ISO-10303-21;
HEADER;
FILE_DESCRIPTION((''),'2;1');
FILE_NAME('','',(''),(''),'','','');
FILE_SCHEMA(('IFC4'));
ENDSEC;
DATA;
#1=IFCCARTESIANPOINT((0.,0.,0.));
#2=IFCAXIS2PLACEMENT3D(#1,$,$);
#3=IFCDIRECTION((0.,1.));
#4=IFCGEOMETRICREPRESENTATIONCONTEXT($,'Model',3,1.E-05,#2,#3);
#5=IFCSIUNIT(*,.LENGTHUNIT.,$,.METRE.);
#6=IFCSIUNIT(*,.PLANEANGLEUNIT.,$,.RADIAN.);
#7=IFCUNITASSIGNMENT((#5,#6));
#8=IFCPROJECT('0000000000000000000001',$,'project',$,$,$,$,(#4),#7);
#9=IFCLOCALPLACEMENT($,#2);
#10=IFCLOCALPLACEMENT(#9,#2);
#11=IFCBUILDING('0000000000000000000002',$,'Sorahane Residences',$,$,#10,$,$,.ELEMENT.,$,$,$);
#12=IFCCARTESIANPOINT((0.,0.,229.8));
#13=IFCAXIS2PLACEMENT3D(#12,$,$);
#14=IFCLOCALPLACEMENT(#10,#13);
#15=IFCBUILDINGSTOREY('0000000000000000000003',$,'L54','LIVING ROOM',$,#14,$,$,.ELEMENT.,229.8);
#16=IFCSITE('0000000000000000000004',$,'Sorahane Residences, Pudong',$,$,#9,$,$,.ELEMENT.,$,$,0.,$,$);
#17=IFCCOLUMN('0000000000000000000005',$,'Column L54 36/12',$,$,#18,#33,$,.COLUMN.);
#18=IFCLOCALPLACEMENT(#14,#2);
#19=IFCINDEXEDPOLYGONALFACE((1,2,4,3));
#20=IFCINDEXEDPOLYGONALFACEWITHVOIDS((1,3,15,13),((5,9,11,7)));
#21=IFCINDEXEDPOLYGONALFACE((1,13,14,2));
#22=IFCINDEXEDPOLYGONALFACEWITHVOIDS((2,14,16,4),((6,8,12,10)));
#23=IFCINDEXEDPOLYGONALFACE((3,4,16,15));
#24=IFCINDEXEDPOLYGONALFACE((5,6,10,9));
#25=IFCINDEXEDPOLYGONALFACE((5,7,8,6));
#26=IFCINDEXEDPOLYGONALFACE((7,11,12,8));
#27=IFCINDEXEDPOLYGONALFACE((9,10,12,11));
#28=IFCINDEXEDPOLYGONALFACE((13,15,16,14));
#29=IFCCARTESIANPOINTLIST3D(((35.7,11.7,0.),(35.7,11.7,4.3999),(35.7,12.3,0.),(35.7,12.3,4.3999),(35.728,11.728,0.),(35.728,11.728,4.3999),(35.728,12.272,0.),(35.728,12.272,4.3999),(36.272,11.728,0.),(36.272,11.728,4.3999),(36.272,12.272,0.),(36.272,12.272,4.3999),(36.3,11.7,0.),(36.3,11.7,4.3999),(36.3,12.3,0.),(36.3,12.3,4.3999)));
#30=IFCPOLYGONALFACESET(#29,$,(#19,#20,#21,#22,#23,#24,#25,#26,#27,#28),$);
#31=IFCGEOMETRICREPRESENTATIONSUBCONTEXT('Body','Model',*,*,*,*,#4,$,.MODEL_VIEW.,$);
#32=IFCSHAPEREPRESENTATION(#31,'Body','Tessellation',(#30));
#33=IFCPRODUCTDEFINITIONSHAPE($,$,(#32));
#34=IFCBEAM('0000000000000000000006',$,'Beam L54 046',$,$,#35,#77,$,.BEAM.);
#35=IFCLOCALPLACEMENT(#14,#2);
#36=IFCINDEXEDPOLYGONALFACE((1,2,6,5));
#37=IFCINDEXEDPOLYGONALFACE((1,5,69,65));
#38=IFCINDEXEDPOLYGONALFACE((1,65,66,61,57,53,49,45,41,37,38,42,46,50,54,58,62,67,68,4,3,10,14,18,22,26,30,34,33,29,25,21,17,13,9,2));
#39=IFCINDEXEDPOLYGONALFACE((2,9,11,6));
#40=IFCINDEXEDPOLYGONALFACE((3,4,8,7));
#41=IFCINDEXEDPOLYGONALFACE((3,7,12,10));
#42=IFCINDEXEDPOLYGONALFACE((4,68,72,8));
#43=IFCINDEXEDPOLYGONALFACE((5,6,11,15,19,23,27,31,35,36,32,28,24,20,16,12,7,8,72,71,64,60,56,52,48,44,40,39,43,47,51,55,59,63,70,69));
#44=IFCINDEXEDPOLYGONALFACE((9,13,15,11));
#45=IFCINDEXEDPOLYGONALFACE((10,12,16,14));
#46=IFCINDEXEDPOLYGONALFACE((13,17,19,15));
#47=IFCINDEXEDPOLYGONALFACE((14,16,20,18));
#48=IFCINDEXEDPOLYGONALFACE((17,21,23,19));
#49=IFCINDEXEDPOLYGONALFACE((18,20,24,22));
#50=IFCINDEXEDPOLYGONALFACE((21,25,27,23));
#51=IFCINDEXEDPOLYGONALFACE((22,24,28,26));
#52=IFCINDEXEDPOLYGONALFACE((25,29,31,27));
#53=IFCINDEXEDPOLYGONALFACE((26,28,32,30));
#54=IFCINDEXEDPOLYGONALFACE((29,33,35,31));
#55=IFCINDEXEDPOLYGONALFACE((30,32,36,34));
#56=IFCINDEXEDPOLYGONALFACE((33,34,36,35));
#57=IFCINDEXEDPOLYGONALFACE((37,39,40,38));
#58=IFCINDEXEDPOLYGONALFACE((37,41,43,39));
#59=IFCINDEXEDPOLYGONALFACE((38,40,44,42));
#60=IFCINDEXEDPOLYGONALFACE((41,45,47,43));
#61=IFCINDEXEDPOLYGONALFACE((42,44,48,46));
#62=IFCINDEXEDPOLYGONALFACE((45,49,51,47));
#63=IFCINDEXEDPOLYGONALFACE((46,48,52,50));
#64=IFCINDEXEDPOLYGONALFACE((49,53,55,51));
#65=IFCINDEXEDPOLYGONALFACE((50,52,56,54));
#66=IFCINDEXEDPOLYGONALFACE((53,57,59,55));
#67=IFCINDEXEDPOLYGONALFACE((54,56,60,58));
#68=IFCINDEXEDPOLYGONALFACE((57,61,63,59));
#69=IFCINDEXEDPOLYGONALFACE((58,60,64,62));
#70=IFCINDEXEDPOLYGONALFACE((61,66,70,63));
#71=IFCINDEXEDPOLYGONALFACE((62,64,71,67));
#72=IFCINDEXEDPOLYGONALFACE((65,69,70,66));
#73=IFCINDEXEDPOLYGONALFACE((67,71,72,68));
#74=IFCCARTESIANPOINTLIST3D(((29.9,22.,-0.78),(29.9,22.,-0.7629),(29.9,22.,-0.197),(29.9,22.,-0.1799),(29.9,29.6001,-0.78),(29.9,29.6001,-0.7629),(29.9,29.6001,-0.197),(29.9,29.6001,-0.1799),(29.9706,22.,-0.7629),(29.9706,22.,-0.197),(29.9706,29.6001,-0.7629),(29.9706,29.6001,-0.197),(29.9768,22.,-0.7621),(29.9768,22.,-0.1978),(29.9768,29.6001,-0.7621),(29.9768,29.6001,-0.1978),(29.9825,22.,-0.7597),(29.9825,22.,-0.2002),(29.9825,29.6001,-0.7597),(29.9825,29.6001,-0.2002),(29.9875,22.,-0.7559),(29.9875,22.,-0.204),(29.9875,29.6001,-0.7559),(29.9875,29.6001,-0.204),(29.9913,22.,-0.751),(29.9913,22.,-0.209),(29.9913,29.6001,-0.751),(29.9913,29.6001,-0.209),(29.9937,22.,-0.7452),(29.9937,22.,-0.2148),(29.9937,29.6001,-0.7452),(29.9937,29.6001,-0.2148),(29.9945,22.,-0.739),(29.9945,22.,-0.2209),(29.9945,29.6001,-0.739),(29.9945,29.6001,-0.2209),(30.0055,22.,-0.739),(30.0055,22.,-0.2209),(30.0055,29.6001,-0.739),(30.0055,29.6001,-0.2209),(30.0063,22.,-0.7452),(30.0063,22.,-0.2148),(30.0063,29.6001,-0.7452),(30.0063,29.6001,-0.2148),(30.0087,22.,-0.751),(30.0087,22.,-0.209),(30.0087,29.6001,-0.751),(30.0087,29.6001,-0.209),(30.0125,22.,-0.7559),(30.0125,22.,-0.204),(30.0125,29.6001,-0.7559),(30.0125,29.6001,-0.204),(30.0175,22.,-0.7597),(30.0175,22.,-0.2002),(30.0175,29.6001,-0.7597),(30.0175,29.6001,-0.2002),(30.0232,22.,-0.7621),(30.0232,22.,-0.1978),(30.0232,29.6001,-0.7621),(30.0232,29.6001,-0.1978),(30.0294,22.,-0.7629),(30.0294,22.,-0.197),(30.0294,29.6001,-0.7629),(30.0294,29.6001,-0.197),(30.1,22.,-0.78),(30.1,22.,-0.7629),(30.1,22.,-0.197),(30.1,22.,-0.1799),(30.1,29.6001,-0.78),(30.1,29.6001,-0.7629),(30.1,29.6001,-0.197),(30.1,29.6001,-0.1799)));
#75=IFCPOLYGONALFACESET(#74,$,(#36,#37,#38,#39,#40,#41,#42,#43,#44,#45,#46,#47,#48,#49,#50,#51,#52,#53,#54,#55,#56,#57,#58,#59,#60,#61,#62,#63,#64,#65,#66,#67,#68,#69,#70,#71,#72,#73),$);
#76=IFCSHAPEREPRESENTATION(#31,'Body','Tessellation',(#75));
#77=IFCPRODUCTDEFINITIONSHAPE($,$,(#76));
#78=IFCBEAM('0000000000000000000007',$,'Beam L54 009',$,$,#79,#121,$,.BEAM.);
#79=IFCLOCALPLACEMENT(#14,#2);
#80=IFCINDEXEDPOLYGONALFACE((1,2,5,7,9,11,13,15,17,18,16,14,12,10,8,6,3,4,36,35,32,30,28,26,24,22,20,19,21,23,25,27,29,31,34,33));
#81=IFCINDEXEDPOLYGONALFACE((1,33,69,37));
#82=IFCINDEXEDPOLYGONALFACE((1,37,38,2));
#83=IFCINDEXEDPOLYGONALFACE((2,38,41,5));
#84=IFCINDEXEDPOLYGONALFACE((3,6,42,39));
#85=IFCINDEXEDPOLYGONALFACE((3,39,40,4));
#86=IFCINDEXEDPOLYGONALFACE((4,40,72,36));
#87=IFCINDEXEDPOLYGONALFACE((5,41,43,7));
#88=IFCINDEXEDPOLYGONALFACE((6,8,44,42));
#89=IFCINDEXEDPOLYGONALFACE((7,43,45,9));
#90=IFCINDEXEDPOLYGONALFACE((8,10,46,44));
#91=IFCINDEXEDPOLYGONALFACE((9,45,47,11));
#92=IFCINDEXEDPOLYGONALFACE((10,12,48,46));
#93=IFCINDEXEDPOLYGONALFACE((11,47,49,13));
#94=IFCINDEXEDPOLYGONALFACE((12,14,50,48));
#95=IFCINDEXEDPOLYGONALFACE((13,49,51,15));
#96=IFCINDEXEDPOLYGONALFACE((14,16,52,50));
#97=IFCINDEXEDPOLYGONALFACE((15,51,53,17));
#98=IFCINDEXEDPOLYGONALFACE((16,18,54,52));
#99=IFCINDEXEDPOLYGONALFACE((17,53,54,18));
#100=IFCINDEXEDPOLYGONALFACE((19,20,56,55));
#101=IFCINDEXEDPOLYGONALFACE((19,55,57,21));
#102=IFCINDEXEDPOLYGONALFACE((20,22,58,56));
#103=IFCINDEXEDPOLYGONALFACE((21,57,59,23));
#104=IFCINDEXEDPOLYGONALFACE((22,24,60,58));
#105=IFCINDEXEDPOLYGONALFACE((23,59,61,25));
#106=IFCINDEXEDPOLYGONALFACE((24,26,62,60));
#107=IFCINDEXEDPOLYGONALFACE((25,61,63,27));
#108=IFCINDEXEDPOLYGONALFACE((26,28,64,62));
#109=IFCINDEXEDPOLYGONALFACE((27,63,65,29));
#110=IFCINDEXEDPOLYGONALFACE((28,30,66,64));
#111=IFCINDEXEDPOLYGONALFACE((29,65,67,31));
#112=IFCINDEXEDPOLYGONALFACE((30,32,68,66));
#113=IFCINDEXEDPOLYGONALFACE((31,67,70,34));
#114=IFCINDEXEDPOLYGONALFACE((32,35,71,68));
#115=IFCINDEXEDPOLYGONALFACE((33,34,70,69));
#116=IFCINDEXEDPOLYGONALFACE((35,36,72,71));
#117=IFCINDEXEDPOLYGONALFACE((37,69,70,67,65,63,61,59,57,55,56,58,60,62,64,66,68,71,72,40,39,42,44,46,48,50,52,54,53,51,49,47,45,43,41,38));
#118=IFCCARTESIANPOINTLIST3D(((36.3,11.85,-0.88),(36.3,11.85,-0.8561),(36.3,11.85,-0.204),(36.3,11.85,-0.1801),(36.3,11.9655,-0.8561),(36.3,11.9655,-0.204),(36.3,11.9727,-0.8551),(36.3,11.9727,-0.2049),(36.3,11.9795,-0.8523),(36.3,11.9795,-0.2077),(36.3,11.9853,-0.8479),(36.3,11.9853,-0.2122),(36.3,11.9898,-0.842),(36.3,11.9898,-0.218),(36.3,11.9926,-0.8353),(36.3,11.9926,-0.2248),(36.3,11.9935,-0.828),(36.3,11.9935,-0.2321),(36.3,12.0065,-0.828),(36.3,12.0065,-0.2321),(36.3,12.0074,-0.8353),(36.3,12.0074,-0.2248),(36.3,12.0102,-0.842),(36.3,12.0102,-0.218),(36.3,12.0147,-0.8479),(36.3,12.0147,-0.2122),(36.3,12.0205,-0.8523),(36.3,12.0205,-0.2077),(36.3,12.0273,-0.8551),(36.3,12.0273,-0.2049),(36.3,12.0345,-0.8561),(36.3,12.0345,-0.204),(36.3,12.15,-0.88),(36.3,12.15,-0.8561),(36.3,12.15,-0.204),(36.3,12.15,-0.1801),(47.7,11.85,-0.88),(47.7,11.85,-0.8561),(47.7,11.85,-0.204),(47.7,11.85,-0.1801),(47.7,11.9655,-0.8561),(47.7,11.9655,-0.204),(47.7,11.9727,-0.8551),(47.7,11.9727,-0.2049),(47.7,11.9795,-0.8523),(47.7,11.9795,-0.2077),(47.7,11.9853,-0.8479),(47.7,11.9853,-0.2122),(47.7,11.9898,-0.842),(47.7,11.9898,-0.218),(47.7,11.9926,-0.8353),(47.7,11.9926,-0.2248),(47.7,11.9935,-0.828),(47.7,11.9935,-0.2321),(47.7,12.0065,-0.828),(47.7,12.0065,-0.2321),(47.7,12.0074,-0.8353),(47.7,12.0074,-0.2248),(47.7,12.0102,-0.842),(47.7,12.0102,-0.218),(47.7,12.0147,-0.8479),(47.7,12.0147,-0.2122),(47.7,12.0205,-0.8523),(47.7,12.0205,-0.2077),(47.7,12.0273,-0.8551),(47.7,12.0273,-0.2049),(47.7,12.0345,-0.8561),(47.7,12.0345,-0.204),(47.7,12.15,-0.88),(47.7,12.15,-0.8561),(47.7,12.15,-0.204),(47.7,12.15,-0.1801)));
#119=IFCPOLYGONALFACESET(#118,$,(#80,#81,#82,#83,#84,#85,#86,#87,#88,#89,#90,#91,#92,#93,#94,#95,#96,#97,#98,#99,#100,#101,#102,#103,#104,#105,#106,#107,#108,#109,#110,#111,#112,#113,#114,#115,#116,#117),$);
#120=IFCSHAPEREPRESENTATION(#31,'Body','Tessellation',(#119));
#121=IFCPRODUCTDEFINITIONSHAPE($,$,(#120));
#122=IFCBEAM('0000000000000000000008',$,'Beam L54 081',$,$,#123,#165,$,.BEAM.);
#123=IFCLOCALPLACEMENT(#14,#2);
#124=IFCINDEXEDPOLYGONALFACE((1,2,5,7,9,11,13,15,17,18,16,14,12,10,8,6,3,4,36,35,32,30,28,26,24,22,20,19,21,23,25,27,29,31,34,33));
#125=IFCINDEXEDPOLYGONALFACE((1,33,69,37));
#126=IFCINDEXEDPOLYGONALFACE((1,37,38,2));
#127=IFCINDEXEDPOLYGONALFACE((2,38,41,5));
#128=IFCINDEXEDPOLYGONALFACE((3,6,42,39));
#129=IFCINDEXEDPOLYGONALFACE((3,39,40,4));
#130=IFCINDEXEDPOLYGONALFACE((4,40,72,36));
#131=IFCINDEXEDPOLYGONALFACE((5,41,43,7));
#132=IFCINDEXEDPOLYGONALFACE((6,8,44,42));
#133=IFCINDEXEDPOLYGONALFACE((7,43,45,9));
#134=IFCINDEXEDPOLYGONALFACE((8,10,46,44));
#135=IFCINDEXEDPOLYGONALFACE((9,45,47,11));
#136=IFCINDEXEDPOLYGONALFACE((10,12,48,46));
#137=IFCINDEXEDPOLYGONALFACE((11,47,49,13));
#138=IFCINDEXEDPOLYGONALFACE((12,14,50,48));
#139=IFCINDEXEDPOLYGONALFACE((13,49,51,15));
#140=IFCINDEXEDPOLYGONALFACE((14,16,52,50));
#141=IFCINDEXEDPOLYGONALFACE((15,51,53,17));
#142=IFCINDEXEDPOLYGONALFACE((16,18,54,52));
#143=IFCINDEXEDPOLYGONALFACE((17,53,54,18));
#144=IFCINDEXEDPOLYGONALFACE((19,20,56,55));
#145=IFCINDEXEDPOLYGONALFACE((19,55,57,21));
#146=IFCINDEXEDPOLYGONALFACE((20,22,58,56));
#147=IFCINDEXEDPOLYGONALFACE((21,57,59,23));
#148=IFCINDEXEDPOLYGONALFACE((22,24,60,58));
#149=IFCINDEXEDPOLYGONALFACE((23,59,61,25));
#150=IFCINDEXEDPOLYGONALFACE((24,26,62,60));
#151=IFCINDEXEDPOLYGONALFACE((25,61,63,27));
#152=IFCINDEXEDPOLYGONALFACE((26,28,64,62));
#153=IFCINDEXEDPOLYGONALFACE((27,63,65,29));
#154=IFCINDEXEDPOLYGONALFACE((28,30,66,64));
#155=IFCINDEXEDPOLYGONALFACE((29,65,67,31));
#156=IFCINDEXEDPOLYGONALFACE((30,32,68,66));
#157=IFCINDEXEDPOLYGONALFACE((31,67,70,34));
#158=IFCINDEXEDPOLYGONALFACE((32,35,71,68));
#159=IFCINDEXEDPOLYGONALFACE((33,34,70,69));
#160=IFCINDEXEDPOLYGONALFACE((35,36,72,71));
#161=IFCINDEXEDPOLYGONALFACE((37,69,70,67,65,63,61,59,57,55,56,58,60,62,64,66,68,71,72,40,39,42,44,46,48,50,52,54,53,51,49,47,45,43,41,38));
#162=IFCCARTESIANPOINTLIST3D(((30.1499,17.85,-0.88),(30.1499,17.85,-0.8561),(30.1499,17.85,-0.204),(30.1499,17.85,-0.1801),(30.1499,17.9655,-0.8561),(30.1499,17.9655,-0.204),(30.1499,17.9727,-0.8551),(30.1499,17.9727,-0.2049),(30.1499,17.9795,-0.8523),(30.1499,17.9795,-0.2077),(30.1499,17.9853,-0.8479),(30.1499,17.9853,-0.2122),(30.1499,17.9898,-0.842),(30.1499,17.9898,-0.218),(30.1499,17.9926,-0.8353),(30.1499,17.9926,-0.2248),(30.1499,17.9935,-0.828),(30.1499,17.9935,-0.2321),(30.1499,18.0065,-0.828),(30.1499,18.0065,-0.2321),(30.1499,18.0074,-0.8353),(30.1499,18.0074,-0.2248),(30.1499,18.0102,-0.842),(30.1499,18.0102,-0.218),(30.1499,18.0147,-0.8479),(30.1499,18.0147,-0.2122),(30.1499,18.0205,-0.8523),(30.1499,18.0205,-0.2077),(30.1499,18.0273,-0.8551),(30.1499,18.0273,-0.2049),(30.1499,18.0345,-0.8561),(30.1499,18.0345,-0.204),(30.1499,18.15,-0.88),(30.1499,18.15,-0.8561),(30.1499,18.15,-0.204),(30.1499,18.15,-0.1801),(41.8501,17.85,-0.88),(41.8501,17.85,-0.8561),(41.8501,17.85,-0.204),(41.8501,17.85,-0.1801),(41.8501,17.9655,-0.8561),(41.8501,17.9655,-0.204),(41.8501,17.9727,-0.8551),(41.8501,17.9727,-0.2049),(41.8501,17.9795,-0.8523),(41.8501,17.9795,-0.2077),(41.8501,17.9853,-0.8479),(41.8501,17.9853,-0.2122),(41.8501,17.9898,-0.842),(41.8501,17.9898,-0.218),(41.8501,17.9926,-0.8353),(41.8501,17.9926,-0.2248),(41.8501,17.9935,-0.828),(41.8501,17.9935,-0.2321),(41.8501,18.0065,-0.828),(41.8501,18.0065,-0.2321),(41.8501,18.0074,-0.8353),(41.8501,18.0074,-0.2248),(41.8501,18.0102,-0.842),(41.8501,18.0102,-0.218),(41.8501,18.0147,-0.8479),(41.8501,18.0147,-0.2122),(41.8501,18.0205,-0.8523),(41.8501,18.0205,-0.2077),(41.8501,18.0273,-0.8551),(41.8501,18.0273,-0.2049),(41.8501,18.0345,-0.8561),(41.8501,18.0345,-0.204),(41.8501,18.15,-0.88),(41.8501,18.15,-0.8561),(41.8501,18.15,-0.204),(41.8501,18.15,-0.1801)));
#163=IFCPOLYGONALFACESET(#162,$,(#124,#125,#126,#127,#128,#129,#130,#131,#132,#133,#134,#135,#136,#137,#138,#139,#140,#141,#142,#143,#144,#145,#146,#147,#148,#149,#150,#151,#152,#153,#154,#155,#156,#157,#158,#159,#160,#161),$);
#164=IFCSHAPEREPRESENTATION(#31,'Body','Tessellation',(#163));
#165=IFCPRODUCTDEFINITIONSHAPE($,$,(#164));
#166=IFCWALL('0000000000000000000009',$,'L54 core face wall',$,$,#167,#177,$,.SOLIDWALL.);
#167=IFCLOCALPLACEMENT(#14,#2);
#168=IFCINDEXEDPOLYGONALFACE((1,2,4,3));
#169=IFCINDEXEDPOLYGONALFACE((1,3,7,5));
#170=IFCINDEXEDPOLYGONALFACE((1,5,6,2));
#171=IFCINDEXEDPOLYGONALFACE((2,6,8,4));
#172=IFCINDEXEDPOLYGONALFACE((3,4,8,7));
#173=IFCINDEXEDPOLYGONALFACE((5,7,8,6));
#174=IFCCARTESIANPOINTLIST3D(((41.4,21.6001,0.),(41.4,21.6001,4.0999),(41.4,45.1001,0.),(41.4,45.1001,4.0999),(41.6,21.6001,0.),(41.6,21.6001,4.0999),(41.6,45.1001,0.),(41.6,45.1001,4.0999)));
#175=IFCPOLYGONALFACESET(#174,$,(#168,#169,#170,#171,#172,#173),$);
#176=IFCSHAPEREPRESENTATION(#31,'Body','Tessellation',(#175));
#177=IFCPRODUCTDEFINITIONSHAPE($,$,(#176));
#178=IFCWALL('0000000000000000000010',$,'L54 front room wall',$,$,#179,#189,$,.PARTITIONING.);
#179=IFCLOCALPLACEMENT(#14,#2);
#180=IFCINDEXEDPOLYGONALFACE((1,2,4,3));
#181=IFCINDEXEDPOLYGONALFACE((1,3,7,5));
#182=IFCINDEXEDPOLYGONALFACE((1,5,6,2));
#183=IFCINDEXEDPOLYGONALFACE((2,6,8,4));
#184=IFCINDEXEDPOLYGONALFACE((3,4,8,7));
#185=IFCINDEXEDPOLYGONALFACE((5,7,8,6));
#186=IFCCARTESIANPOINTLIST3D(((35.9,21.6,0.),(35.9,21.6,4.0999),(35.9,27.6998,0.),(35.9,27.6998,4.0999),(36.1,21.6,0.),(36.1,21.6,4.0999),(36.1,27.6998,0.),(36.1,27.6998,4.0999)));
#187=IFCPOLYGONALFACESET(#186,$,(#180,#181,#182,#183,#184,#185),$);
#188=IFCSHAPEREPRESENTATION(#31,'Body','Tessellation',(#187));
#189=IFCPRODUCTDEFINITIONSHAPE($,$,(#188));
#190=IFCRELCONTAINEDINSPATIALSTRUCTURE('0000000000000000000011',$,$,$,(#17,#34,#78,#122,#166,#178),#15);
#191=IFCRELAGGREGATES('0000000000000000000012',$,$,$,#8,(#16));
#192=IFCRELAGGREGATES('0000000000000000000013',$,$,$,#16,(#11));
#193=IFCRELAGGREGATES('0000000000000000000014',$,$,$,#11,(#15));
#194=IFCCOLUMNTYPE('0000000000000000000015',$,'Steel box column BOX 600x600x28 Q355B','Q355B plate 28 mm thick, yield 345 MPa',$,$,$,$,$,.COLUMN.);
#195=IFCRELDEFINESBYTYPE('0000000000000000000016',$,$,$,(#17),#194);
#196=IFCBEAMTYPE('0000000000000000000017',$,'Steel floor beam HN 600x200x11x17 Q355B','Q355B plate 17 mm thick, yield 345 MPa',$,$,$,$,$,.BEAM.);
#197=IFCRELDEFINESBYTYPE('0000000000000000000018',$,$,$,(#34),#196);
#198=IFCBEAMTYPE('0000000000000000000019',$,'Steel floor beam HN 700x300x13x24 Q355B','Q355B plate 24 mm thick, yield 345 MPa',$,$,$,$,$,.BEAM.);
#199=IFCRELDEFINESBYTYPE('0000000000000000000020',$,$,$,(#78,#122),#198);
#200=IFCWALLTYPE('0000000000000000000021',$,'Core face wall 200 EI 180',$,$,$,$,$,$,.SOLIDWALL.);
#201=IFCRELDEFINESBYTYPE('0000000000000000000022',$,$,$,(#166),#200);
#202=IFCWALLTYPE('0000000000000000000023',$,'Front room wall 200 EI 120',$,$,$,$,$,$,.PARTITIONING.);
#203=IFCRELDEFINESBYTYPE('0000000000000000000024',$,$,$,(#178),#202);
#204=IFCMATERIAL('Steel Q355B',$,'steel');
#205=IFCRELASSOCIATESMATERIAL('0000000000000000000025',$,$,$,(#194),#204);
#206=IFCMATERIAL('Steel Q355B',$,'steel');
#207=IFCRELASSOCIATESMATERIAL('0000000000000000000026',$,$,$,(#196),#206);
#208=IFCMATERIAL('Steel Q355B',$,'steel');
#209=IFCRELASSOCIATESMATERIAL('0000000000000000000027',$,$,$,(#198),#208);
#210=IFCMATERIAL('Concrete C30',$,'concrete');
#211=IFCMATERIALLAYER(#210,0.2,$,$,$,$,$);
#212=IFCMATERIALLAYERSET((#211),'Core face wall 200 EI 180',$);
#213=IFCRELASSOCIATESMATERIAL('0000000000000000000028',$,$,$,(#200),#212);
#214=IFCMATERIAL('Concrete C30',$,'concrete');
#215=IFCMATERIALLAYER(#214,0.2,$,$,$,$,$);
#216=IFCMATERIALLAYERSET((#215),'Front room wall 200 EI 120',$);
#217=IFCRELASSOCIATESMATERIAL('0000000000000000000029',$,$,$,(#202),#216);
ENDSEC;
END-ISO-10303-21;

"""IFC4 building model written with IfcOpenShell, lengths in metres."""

from ifc_helpers import new_model, si_unit, direction, frame, frame_2d, origin, origin_2d, place, context, subcontext, project, spatial, rectangle, hollow_rectangle, i_section, extrude, material, layer, layer_set, material_profile, profile_set, type_object, element, save


model = new_model("IFC4")

# Units and contexts
model_context = context("Model", 3, precision=1e-05, world=origin(), true_north=direction((0.0, 1.0)))
body_context = subcontext(model_context, "Body", "Model", "MODEL_VIEW")
ifc_project = project(units=[si_unit("LENGTHUNIT", "METRE"), si_unit("PLANEANGLEUNIT", "RADIAN")], contexts=[model_context])

# Site, building, storey
site_placement = place(None, origin())
site = spatial("IfcSite", under=ifc_project, at=site_placement, Name="Sorahane Residences, Pudong", CompositionType="ELEMENT", RefElevation=0.0)
building_placement = place(site_placement, origin())
building = spatial("IfcBuilding", under=site, at=building_placement, Name="Sorahane Residences", CompositionType="ELEMENT")
storey_placement = place(building_placement, frame((0.0, 0.0, 229.8)))
storey = spatial("IfcBuildingStorey", under=building, at=storey_placement, Name="L54", Description="LIVING ROOM", CompositionType="ELEMENT", Elevation=229.8)

# Column
ifc_material_1 = material(Name="Steel Q355B", Category="steel")
ifc_material_profile_1 = material_profile(ifc_material_1, hollow_rectangle(XDim=0.6001, YDim=0.6001, WallThickness=0.0281, at=origin_2d()), Name="BOX 600x600x28")
ifc_profile_set_1 = profile_set([ifc_material_profile_1], Name="Steel Q355B")
column_type = type_object("IfcColumnType", Name="Steel box column BOX 600x600x28 Q355B", Description="Q355B plate 28 mm thick, yield 345 MPa", PredefinedType="COLUMN", material=ifc_profile_set_1)
column_placement = place(storey_placement, frame((36.0, 12.0, 0.0), z_axis=(0.0, 0.0, 1.0), x_axis=(1.0, 0.0, 0.0)))
element("IfcColumn", 1, at=column_placement, inside=storey, type_object=column_type, Name="Column L54 36/12", PredefinedType="COLUMN", context=body_context, shape_type="SweptSolid", body=[
    extrude(hollow_rectangle(XDim=0.6001, YDim=0.6001, WallThickness=0.0281, at=origin_2d()), origin(), (0.0, 0.0, 1.0), 4.3999),
])

# Beams
ifc_material_2 = material(Name="Steel Q355B", Category="steel")
ifc_material_profile_2 = material_profile(ifc_material_2, i_section(OverallWidth=0.2, OverallDepth=0.6001, WebThickness=0.011, FlangeThickness=0.0171, FilletRadius=0.0239, at=origin_2d()), Name="HN 600x200x11x17")
ifc_profile_set_2 = profile_set([ifc_material_profile_2], Name="Steel Q355B")
beam_type_1 = type_object("IfcBeamType", Name="Steel floor beam HN 600x200x11x17 Q355B", Description="Q355B plate 17 mm thick, yield 345 MPa", PredefinedType="BEAM", material=ifc_profile_set_2)
beam_1_placement = place(storey_placement, frame((30.0, 22.0, -0.48), z_axis=(0.0, 1.0, 0.0), x_axis=(-1.0, 0.0, 0.0)))
element("IfcBeam", 2, at=beam_1_placement, inside=storey, type_object=beam_type_1, Name="Beam L54 046", PredefinedType="BEAM", context=body_context, shape_type="SweptSolid", body=[
    extrude(i_section(OverallWidth=0.2, OverallDepth=0.6001, WebThickness=0.011, FlangeThickness=0.0171, FilletRadius=0.0239, at=origin_2d()), origin(), (0.0, 0.0, 1.0), 7.6001),
])
ifc_material_3 = material(Name="Steel Q355B", Category="steel")
ifc_material_profile_3 = material_profile(ifc_material_3, i_section(OverallWidth=0.3, OverallDepth=0.7, WebThickness=0.0129, FlangeThickness=0.0239, FilletRadius=0.0281, at=origin_2d()), Name="HN 700x300x13x24")
ifc_profile_set_3 = profile_set([ifc_material_profile_3], Name="Steel Q355B")
beam_type_2 = type_object("IfcBeamType", Name="Steel floor beam HN 700x300x13x24 Q355B", Description="Q355B plate 24 mm thick, yield 345 MPa", PredefinedType="BEAM", material=ifc_profile_set_3)
beam_2_placement = place(storey_placement, frame((36.3, 12.0, -0.53), z_axis=(1.0, 0.0, 0.0), x_axis=(0.0, 1.0, 0.0)))
element("IfcBeam", 3, at=beam_2_placement, inside=storey, type_object=beam_type_2, Name="Beam L54 009", PredefinedType="BEAM", context=body_context, shape_type="SweptSolid", body=[
    extrude(i_section(OverallWidth=0.3, OverallDepth=0.7, WebThickness=0.0129, FlangeThickness=0.0239, FilletRadius=0.0281, at=origin_2d()), origin(), (0.0, 0.0, 1.0), 11.3999),
])
beam_3_placement = place(storey_placement, frame((30.1499, 18.0, -0.53), z_axis=(1.0, 0.0, 0.0), x_axis=(0.0, 1.0, 0.0)))
element("IfcBeam", 4, at=beam_3_placement, inside=storey, type_object=beam_type_2, Name="Beam L54 081", PredefinedType="BEAM", context=body_context, shape_type="SweptSolid", body=[
    extrude(i_section(OverallWidth=0.3, OverallDepth=0.7, WebThickness=0.0129, FlangeThickness=0.0239, FilletRadius=0.0281, at=origin_2d()), origin(), (0.0, 0.0, 1.0), 11.7002),
])

# Walls
ifc_material_4 = material(Name="Concrete C30", Category="concrete")
ifc_layer_1 = layer(ifc_material_4, 0.2)
ifc_layer_set_1 = layer_set([ifc_layer_1], Name="Core face wall 200 EI 180")
wall_type_1 = type_object("IfcWallType", Name="Core face wall 200 EI 180", PredefinedType="SOLIDWALL", material=ifc_layer_set_1)
wall_1_placement = place(storey_placement, frame((41.5, 21.6001, 0.0), z_axis=(0.0, 0.0, 1.0), x_axis=(0.0, 1.0, 0.0)))
element("IfcWall", 5, at=wall_1_placement, inside=storey, type_object=wall_type_1, Name="L54 core face wall", PredefinedType="SOLIDWALL", context=body_context, shape_type="SweptSolid", body=[
    extrude(rectangle(XDim=23.5, YDim=0.2, at=frame_2d((11.75, 0.0))), origin(), (0.0, 0.0, 1.0), 4.0999),
])
ifc_material_5 = material(Name="Concrete C30", Category="concrete")
ifc_layer_2 = layer(ifc_material_5, 0.2)
ifc_layer_set_2 = layer_set([ifc_layer_2], Name="Front room wall 200 EI 120")
wall_type_2 = type_object("IfcWallType", Name="Front room wall 200 EI 120", PredefinedType="PARTITIONING", material=ifc_layer_set_2)
wall_2_placement = place(storey_placement, frame((36.0, 21.6001, 0.0), z_axis=(0.0, 0.0, 1.0), x_axis=(0.0, 1.0, 0.0)))
element("IfcWall", 6, at=wall_2_placement, inside=storey, type_object=wall_type_2, Name="L54 front room wall", PredefinedType="PARTITIONING", context=body_context, shape_type="SweptSolid", body=[
    extrude(rectangle(XDim=6.0999, YDim=0.2, at=frame_2d((3.0498, 0.0))), origin(), (0.0, 0.0, 1.0), 4.0999),
])

save(model, "model.ifc")
